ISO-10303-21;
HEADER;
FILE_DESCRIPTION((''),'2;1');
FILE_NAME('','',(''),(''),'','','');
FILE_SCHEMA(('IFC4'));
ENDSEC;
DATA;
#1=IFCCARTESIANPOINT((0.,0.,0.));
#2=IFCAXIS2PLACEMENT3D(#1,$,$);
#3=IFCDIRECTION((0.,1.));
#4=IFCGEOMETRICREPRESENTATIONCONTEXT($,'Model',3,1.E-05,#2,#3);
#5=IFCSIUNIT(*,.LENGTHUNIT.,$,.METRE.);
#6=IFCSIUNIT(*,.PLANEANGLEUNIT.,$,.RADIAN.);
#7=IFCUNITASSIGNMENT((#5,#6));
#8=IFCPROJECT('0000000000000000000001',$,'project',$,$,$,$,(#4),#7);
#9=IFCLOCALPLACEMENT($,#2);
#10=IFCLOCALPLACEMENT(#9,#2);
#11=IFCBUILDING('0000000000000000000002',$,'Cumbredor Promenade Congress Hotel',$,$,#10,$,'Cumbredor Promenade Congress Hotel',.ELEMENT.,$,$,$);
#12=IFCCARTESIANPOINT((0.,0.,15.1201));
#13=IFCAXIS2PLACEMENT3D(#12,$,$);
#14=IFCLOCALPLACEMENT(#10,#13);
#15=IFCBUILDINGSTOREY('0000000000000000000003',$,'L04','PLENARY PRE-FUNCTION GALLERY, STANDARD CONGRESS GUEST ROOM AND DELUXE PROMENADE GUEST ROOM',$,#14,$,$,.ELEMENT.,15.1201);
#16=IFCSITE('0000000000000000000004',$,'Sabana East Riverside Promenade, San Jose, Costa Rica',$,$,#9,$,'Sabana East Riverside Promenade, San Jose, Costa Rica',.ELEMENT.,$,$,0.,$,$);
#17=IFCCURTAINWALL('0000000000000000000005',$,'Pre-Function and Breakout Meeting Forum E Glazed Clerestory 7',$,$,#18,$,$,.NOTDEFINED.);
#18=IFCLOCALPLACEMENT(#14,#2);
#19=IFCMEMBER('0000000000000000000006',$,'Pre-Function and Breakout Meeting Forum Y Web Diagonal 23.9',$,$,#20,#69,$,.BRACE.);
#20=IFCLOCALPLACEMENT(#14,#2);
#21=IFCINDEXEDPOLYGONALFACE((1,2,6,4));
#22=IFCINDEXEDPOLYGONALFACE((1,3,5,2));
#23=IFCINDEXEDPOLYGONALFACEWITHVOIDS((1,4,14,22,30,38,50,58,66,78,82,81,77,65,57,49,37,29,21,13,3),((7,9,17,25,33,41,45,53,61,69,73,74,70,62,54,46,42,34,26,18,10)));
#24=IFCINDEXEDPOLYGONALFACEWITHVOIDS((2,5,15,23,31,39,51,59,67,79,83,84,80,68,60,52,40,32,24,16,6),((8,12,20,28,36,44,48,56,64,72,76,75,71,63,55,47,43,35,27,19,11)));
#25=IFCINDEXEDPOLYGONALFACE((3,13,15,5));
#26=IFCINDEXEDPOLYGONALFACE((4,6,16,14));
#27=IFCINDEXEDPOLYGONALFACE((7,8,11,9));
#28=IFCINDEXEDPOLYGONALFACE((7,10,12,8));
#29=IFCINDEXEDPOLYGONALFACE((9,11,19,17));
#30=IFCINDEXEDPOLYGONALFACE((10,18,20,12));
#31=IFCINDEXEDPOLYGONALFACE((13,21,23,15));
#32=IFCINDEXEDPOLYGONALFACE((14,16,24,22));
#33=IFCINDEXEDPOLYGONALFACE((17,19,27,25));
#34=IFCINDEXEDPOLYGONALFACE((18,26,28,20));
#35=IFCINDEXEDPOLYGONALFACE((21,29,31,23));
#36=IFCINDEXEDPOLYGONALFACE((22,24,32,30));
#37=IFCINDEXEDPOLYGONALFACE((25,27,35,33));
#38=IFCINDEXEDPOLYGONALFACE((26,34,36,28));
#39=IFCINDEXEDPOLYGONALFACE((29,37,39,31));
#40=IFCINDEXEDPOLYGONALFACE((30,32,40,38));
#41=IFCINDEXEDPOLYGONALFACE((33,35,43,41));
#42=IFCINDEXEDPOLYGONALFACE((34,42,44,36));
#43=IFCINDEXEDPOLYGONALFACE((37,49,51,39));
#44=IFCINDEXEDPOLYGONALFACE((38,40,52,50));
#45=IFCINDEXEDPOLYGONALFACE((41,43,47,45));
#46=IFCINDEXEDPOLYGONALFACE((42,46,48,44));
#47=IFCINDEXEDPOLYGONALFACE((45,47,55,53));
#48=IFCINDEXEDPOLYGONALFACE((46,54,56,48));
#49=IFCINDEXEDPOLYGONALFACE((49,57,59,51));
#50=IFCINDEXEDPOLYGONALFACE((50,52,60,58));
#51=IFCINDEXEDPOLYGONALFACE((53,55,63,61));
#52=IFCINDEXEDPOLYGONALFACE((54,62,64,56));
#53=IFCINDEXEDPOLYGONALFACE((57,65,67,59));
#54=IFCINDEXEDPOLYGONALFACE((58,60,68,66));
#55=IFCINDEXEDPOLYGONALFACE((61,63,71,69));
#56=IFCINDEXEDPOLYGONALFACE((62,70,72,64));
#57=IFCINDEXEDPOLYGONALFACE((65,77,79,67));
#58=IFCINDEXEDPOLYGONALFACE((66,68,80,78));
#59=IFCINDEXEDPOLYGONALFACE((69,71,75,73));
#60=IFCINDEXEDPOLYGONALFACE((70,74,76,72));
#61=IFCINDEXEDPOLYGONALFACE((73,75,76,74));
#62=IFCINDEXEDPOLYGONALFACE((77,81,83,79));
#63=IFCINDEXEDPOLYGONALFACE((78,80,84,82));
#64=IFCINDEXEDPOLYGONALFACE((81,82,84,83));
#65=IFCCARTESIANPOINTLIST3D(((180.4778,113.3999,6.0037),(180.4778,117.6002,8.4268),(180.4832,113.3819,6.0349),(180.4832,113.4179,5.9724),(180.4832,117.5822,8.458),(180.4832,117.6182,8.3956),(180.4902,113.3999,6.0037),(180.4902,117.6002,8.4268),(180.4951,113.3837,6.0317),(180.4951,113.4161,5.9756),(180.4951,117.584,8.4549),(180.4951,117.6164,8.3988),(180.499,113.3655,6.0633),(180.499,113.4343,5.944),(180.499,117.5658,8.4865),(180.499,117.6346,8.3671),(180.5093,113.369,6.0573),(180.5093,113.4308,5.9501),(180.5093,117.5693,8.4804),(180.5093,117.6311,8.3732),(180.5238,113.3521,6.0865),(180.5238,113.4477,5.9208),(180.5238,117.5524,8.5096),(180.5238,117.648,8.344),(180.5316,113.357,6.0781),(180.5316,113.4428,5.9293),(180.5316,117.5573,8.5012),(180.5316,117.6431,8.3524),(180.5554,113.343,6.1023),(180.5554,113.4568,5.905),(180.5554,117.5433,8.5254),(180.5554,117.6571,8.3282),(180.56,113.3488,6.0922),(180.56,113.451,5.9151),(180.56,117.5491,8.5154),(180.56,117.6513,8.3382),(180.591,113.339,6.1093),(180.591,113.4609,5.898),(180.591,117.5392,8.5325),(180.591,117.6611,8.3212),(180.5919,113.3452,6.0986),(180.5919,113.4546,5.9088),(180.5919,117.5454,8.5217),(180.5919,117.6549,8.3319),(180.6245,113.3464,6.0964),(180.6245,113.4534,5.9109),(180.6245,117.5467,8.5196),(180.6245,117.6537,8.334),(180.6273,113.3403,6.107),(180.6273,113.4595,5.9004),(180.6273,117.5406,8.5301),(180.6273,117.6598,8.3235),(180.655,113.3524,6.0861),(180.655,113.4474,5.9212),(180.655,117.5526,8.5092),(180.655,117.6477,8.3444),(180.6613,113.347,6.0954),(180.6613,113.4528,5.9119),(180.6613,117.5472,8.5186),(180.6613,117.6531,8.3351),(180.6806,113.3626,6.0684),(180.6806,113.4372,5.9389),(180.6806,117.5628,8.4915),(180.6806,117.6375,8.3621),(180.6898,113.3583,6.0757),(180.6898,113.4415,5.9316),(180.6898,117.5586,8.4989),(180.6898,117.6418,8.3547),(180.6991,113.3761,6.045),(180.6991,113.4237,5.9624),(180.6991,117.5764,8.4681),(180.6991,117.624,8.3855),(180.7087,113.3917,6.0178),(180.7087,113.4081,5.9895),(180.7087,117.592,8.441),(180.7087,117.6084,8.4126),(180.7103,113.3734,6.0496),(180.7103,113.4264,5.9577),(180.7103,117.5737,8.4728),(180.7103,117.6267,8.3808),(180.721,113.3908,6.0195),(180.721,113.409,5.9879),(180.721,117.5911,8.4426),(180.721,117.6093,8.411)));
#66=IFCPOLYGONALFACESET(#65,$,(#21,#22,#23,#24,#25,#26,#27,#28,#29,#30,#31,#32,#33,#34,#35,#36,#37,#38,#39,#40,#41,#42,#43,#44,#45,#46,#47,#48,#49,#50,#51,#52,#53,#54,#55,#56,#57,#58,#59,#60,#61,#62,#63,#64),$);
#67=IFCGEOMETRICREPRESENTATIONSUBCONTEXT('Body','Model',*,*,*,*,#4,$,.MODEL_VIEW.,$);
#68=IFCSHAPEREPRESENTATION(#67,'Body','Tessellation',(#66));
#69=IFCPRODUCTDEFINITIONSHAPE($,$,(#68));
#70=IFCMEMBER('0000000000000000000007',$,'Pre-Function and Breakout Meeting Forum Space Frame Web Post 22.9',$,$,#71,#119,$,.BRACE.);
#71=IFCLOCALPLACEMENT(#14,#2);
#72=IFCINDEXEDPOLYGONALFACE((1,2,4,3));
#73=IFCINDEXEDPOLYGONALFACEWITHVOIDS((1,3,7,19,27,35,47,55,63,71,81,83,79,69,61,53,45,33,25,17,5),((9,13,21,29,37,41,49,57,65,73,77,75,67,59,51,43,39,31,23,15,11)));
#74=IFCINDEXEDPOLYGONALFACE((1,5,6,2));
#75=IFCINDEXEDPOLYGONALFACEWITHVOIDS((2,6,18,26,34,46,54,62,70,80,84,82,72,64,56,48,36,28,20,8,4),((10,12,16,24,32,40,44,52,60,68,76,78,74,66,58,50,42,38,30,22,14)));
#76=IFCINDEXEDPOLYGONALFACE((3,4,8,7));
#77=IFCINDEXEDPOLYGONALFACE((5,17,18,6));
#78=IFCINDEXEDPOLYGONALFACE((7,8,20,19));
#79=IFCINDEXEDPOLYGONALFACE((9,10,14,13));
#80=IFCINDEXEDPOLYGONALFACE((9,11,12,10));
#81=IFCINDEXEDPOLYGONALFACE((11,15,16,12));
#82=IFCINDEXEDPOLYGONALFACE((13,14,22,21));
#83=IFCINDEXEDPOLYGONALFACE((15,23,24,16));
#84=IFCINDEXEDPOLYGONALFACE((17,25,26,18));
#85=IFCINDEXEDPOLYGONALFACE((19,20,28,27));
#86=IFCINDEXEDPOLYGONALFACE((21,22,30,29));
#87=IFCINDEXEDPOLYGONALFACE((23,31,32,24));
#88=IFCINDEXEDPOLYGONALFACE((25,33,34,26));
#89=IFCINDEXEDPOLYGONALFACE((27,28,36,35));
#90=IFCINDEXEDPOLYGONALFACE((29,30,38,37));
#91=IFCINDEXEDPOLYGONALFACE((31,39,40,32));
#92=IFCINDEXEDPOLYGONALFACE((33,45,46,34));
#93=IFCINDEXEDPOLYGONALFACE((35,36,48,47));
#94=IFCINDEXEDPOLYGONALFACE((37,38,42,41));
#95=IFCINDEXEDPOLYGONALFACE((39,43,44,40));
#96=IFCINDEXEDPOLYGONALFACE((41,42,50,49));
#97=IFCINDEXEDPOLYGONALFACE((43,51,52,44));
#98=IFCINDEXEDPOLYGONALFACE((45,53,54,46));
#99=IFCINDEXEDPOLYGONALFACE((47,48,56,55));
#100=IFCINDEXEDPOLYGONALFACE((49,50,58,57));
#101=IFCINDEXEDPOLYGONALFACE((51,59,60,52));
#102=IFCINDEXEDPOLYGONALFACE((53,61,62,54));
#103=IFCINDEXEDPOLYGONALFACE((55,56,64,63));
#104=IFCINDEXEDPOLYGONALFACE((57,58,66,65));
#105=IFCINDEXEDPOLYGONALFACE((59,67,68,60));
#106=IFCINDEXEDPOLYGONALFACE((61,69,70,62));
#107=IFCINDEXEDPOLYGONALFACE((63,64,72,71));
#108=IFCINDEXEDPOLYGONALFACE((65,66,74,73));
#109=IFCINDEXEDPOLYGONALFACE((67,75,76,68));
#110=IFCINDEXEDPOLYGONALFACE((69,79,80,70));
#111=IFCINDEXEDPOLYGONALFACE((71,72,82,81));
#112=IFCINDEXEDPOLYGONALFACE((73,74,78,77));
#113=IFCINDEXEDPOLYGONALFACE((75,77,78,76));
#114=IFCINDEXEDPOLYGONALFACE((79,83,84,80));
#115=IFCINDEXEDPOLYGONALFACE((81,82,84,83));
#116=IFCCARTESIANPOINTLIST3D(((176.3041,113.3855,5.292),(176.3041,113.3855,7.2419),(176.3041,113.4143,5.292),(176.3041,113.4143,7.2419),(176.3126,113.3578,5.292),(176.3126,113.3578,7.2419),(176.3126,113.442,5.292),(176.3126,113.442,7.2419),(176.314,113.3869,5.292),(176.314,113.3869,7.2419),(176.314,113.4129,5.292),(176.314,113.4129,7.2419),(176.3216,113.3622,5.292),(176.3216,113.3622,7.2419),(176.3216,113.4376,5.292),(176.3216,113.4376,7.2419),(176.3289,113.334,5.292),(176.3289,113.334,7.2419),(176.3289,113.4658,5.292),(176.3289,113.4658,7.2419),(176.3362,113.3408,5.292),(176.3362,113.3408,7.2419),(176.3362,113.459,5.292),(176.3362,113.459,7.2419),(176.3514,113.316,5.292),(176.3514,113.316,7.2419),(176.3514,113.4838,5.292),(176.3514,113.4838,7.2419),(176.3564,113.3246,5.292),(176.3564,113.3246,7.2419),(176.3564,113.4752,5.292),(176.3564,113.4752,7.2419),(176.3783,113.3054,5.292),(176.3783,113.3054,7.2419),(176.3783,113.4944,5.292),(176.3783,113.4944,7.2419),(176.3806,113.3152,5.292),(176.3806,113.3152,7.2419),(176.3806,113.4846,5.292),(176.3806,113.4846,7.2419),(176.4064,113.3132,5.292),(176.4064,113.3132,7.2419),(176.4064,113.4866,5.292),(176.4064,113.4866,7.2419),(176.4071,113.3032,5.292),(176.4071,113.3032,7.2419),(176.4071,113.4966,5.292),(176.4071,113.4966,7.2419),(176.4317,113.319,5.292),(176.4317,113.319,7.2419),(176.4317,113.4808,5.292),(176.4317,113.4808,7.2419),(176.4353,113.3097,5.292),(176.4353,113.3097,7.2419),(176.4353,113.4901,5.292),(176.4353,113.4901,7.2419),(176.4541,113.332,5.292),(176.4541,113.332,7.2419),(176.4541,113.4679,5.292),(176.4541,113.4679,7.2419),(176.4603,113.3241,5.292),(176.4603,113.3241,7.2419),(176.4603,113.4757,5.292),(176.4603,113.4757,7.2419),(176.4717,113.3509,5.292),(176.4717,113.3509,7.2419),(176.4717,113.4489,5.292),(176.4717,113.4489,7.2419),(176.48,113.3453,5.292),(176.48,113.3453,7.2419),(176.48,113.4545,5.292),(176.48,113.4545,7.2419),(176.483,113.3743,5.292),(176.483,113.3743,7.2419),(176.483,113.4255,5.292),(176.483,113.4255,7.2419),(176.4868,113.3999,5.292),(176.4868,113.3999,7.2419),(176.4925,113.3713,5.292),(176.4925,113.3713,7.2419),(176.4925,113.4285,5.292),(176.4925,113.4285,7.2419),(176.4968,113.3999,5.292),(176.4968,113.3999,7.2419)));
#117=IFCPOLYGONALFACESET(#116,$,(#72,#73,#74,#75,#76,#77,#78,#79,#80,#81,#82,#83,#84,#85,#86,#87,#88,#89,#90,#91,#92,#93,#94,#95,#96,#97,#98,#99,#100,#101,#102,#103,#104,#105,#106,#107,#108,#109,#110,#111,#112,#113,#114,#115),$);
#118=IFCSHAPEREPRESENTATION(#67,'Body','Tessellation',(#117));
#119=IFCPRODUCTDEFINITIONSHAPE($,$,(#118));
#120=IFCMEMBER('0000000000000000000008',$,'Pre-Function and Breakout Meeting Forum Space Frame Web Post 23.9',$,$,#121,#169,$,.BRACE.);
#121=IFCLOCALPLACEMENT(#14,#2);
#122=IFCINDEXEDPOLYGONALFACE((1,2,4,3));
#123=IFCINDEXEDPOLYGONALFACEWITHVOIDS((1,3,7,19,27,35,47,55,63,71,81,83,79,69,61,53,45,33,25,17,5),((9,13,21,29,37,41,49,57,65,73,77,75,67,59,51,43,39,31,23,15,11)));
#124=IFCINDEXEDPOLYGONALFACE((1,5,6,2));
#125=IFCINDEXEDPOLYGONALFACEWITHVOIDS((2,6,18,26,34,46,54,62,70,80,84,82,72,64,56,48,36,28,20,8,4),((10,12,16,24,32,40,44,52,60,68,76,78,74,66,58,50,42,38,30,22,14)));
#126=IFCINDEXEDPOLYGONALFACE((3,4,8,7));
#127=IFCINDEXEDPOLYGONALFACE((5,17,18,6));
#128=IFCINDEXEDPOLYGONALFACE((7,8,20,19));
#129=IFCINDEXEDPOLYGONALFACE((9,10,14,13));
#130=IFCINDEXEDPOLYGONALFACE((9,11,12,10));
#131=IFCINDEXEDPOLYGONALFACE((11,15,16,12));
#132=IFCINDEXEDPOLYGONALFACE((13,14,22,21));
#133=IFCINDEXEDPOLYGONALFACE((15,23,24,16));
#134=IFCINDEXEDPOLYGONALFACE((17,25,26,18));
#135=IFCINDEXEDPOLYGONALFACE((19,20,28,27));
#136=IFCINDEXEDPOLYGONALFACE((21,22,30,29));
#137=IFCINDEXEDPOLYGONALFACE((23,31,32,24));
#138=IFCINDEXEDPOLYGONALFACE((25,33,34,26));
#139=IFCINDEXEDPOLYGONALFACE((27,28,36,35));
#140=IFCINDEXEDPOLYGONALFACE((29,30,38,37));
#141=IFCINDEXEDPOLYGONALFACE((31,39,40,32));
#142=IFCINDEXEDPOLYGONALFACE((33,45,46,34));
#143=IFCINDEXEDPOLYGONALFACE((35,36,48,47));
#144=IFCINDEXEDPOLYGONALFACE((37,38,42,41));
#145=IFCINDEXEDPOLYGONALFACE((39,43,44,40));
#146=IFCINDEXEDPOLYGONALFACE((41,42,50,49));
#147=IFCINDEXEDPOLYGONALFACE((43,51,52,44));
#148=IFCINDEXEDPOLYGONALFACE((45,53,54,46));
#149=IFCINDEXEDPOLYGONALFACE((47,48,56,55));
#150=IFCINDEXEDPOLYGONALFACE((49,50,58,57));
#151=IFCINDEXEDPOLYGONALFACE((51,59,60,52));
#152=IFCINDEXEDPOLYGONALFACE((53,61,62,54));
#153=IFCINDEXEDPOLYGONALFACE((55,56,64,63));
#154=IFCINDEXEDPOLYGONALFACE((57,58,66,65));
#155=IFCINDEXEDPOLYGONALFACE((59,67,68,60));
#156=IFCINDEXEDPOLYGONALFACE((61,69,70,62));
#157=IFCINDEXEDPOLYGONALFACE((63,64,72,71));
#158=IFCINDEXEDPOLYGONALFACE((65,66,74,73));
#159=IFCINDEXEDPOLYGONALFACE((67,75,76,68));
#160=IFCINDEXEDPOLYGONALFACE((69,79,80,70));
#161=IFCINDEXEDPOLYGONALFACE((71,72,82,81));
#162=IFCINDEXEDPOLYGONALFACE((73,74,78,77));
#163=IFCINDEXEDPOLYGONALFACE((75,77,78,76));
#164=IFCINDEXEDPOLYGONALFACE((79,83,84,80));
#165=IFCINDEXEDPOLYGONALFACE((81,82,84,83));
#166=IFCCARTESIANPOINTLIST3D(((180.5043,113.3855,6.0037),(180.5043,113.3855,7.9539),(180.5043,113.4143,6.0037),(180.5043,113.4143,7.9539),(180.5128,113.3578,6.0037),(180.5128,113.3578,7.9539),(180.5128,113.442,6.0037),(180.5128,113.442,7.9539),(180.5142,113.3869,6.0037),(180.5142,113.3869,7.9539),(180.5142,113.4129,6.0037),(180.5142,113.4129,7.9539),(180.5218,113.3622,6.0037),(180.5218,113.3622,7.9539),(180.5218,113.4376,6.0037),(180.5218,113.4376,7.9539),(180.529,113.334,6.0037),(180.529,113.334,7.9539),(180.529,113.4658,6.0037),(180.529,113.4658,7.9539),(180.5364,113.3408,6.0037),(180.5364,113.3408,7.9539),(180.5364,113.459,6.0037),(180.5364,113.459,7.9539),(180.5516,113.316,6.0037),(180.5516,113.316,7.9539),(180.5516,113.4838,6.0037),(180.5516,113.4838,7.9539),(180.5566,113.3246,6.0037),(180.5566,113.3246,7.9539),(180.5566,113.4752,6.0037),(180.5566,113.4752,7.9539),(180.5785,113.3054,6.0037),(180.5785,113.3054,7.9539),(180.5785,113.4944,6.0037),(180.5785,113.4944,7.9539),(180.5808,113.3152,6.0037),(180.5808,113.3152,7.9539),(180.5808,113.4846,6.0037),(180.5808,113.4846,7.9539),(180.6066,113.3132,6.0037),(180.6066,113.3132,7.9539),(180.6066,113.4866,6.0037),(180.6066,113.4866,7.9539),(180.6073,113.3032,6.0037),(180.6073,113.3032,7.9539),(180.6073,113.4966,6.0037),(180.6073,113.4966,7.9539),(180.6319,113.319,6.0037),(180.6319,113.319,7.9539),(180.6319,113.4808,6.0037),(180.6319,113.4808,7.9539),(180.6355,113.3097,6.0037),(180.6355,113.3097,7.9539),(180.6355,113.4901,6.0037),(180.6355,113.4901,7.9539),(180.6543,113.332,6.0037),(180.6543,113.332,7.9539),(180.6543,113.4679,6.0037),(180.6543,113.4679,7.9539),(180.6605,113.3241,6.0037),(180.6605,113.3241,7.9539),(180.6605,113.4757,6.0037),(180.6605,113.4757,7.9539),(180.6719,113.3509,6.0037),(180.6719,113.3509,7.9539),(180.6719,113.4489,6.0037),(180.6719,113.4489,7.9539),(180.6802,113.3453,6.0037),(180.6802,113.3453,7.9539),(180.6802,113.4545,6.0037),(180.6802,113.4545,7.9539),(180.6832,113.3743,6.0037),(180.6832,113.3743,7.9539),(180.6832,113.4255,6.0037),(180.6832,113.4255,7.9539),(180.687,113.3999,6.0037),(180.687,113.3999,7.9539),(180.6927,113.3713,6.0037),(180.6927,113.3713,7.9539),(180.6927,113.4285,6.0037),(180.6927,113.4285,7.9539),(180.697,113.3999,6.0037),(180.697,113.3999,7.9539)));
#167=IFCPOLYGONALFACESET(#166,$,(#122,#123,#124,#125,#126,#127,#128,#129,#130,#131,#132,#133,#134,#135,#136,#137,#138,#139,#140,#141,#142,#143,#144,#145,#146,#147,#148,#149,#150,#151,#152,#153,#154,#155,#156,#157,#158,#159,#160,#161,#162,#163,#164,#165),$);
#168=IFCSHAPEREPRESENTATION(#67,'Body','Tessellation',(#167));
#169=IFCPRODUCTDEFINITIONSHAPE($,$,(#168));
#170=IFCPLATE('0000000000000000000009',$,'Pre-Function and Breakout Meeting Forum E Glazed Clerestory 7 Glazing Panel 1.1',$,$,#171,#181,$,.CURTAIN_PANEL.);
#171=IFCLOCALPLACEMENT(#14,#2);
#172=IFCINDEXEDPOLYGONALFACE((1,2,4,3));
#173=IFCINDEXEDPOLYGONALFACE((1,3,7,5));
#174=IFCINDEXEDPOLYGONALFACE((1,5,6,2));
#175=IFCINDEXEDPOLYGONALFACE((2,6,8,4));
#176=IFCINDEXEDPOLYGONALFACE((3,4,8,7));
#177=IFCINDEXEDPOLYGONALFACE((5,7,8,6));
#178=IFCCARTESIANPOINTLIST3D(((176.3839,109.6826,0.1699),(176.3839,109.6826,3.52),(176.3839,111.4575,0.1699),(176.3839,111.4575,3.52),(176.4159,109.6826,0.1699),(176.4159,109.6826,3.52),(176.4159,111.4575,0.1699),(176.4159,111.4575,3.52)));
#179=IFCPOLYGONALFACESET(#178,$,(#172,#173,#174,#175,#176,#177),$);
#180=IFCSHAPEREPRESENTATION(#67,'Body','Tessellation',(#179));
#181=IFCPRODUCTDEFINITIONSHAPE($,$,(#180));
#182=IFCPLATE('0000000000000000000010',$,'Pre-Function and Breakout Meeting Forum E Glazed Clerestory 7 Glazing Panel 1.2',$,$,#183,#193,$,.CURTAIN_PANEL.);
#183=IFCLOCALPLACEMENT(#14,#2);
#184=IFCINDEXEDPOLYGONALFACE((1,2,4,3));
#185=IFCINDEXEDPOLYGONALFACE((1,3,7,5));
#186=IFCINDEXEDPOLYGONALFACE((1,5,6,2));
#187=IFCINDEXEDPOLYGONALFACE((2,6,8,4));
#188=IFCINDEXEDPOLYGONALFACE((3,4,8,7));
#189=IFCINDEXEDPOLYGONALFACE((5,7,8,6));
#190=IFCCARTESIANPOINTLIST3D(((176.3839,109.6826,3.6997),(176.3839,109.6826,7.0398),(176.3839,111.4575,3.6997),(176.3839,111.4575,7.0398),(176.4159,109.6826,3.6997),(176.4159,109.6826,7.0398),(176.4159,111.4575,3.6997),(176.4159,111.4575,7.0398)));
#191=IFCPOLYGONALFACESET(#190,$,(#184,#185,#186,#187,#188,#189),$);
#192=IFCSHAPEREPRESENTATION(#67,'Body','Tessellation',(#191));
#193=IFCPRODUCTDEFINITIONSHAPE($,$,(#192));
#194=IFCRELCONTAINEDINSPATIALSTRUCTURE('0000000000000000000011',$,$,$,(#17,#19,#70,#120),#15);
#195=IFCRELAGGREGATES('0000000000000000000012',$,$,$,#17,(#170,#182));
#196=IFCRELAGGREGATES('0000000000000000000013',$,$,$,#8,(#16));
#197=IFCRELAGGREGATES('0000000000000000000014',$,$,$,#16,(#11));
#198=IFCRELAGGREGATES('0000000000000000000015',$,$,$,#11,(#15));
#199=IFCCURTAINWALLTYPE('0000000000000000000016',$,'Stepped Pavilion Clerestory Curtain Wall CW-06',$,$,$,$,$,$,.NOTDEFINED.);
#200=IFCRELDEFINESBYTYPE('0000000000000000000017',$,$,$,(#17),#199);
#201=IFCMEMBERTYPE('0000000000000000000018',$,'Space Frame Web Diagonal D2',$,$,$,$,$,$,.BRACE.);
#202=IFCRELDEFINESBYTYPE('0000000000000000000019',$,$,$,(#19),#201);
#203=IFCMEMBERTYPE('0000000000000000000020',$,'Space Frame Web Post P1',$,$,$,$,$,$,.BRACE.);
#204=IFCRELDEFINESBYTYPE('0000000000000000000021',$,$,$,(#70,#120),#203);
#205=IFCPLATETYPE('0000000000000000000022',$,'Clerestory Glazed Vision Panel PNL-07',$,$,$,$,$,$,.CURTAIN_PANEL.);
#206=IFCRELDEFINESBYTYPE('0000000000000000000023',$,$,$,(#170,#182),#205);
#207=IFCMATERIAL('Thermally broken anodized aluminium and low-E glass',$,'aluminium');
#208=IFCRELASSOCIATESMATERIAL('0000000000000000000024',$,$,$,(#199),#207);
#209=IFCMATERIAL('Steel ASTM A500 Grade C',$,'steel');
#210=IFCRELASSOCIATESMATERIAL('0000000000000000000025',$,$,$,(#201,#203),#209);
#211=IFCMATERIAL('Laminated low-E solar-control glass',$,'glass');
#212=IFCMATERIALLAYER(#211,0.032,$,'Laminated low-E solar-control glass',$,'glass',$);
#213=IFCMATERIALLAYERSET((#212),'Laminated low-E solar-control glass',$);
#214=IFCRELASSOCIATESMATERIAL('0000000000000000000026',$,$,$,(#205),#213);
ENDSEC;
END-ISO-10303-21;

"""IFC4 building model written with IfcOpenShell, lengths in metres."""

from ifc_helpers import new_model, si_unit, direction, frame, origin, origin_2d, place, context, subcontext, project, spatial, rectangle, hollow_circle, extrude, material, layer, layer_set, material_profile, profile_set, type_object, element, aggregate, save


model = new_model("IFC4")

# Units and contexts
model_context = context("Model", 3, precision=1e-05, world=origin(), true_north=direction((0.0, 1.0)))
body_context = subcontext(model_context, "Body", "Model", "MODEL_VIEW")
ifc_project = project(units=[si_unit("LENGTHUNIT", "METRE"), si_unit("PLANEANGLEUNIT", "RADIAN")], contexts=[model_context])

# Site, building, storey
site_placement = place(None, origin())
site = spatial("IfcSite", under=ifc_project, at=site_placement, Name="Sabana East Riverside Promenade, San Jose, Costa Rica", LongName="Sabana East Riverside Promenade, San Jose, Costa Rica", CompositionType="ELEMENT", RefElevation=0.0)
building_placement = place(site_placement, origin())
building = spatial("IfcBuilding", under=site, at=building_placement, Name="Cumbredor Promenade Congress Hotel", LongName="Cumbredor Promenade Congress Hotel", CompositionType="ELEMENT")
storey_placement = place(building_placement, frame((0.0, 0.0, 15.1201)))
storey = spatial("IfcBuildingStorey", under=building, at=storey_placement, Name="L04", Description="PLENARY PRE-FUNCTION GALLERY, STANDARD CONGRESS GUEST ROOM AND DELUXE PROMENADE GUEST ROOM", CompositionType="ELEMENT", Elevation=15.1201)

# Curtain wall
ifc_material_1 = material(Name="Thermally broken anodized aluminium and low-E glass", Category="aluminium")
curtain_wall_type = type_object("IfcCurtainWallType", Name="Stepped Pavilion Clerestory Curtain Wall CW-06", PredefinedType="NOTDEFINED", material=ifc_material_1)
curtain_wall_1_placement = place(storey_placement, origin())
curtain_wall_1 = element("IfcCurtainWall", 1, at=curtain_wall_1_placement, inside=storey, type_object=curtain_wall_type, Name="Pre-Function and Breakout Meeting Forum E Glazed Clerestory 7", PredefinedType="NOTDEFINED")

# Members
ifc_material_2 = material(Name="Steel ASTM A500 Grade C", Category="steel")
ifc_material_profile_1 = material_profile(ifc_material_2, hollow_circle(Radius=0.1223, WallThickness=0.0125, at=origin_2d()), Name="CHS 244.5x12.5")
ifc_profile_set_1 = profile_set([ifc_material_profile_1], Name="Steel ASTM A500 Grade C")
member_type_1 = type_object("IfcMemberType", Name="Space Frame Web Diagonal D2", PredefinedType="BRACE", material=ifc_profile_set_1)
member_1_placement = place(storey_placement, frame((180.6001, 113.3999, 6.0037), z_axis=(0.0, 0.866194, 0.499708), x_axis=(-1.0, 0.0, 0.0)))
element("IfcMember", 2, at=member_1_placement, inside=storey, type_object=member_type_1, Name="Pre-Function and Breakout Meeting Forum Y Web Diagonal 23.9", PredefinedType="BRACE", context=body_context, shape_type="SweptSolid", body=[
    extrude(hollow_circle(Radius=0.1223, WallThickness=0.0125, at=origin_2d()), origin(), (0.0, 0.0, 1.0), 4.8491),
])
ifc_material_profile_2 = material_profile(ifc_material_2, hollow_circle(Radius=0.0969, WallThickness=0.01, at=origin_2d()), Name="CHS 193.7x10")
ifc_profile_set_2 = profile_set([ifc_material_profile_2], Name="Steel ASTM A500 Grade C")
member_type_2 = type_object("IfcMemberType", Name="Space Frame Web Post P1", PredefinedType="BRACE", material=ifc_profile_set_2)
member_2_placement = place(storey_placement, frame((176.3999, 113.3999, 5.292), z_axis=(0.0, 0.0, 1.0), x_axis=(1.0, 0.0, 0.0)))
element("IfcMember", 3, at=member_2_placement, inside=storey, type_object=member_type_2, Name="Pre-Function and Breakout Meeting Forum Space Frame Web Post 22.9", PredefinedType="BRACE", context=body_context, shape_type="SweptSolid", body=[
    extrude(hollow_circle(Radius=0.0969, WallThickness=0.01, at=origin_2d()), origin(), (0.0, 0.0, 1.0), 1.95),
])
member_3_placement = place(storey_placement, frame((180.6001, 113.3999, 6.0037), z_axis=(0.0, 0.0, 1.0), x_axis=(1.0, 0.0, 0.0)))
element("IfcMember", 4, at=member_3_placement, inside=storey, type_object=member_type_2, Name="Pre-Function and Breakout Meeting Forum Space Frame Web Post 23.9", PredefinedType="BRACE", context=body_context, shape_type="SweptSolid", body=[
    extrude(hollow_circle(Radius=0.0969, WallThickness=0.01, at=origin_2d()), origin(), (0.0, 0.0, 1.0), 1.9502),
])

# Plates
ifc_material_3 = material(Name="Laminated low-E solar-control glass", Category="glass")
ifc_layer_1 = layer(ifc_material_3, 0.032, Name="Laminated low-E solar-control glass", Category="glass")
ifc_layer_set_1 = layer_set([ifc_layer_1], Name="Laminated low-E solar-control glass")
plate_type_1 = type_object("IfcPlateType", Name="Clerestory Glazed Vision Panel PNL-07", PredefinedType="CURTAIN_PANEL", material=ifc_layer_set_1)
plate_1_placement = place(storey_placement, frame((176.3999, 110.5701, 0.1699), z_axis=(0.0, 0.0, 1.0), x_axis=(0.0, 1.0, 0.0)))
plate_1 = element("IfcPlate", 5, at=plate_1_placement, type_object=plate_type_1, Name="Pre-Function and Breakout Meeting Forum E Glazed Clerestory 7 Glazing Panel 1.1", PredefinedType="CURTAIN_PANEL", context=body_context, shape_type="SweptSolid", body=[
    extrude(rectangle(XDim=1.7749, YDim=0.032, at=origin_2d()), origin(), (0.0, 0.0, 1.0), 3.3501),
])
plate_2_placement = place(storey_placement, frame((176.3999, 110.5701, 3.6997), z_axis=(0.0, 0.0, 1.0), x_axis=(0.0, 1.0, 0.0)))
plate_2 = element("IfcPlate", 6, at=plate_2_placement, type_object=plate_type_1, Name="Pre-Function and Breakout Meeting Forum E Glazed Clerestory 7 Glazing Panel 1.2", PredefinedType="CURTAIN_PANEL", context=body_context, shape_type="SweptSolid", body=[
    extrude(rectangle(XDim=1.7749, YDim=0.032, at=origin_2d()), origin(), (0.0, 0.0, 1.0), 3.3401),
])
aggregate(curtain_wall_1, [plate_1, plate_2])

save(model, "model.ifc")
